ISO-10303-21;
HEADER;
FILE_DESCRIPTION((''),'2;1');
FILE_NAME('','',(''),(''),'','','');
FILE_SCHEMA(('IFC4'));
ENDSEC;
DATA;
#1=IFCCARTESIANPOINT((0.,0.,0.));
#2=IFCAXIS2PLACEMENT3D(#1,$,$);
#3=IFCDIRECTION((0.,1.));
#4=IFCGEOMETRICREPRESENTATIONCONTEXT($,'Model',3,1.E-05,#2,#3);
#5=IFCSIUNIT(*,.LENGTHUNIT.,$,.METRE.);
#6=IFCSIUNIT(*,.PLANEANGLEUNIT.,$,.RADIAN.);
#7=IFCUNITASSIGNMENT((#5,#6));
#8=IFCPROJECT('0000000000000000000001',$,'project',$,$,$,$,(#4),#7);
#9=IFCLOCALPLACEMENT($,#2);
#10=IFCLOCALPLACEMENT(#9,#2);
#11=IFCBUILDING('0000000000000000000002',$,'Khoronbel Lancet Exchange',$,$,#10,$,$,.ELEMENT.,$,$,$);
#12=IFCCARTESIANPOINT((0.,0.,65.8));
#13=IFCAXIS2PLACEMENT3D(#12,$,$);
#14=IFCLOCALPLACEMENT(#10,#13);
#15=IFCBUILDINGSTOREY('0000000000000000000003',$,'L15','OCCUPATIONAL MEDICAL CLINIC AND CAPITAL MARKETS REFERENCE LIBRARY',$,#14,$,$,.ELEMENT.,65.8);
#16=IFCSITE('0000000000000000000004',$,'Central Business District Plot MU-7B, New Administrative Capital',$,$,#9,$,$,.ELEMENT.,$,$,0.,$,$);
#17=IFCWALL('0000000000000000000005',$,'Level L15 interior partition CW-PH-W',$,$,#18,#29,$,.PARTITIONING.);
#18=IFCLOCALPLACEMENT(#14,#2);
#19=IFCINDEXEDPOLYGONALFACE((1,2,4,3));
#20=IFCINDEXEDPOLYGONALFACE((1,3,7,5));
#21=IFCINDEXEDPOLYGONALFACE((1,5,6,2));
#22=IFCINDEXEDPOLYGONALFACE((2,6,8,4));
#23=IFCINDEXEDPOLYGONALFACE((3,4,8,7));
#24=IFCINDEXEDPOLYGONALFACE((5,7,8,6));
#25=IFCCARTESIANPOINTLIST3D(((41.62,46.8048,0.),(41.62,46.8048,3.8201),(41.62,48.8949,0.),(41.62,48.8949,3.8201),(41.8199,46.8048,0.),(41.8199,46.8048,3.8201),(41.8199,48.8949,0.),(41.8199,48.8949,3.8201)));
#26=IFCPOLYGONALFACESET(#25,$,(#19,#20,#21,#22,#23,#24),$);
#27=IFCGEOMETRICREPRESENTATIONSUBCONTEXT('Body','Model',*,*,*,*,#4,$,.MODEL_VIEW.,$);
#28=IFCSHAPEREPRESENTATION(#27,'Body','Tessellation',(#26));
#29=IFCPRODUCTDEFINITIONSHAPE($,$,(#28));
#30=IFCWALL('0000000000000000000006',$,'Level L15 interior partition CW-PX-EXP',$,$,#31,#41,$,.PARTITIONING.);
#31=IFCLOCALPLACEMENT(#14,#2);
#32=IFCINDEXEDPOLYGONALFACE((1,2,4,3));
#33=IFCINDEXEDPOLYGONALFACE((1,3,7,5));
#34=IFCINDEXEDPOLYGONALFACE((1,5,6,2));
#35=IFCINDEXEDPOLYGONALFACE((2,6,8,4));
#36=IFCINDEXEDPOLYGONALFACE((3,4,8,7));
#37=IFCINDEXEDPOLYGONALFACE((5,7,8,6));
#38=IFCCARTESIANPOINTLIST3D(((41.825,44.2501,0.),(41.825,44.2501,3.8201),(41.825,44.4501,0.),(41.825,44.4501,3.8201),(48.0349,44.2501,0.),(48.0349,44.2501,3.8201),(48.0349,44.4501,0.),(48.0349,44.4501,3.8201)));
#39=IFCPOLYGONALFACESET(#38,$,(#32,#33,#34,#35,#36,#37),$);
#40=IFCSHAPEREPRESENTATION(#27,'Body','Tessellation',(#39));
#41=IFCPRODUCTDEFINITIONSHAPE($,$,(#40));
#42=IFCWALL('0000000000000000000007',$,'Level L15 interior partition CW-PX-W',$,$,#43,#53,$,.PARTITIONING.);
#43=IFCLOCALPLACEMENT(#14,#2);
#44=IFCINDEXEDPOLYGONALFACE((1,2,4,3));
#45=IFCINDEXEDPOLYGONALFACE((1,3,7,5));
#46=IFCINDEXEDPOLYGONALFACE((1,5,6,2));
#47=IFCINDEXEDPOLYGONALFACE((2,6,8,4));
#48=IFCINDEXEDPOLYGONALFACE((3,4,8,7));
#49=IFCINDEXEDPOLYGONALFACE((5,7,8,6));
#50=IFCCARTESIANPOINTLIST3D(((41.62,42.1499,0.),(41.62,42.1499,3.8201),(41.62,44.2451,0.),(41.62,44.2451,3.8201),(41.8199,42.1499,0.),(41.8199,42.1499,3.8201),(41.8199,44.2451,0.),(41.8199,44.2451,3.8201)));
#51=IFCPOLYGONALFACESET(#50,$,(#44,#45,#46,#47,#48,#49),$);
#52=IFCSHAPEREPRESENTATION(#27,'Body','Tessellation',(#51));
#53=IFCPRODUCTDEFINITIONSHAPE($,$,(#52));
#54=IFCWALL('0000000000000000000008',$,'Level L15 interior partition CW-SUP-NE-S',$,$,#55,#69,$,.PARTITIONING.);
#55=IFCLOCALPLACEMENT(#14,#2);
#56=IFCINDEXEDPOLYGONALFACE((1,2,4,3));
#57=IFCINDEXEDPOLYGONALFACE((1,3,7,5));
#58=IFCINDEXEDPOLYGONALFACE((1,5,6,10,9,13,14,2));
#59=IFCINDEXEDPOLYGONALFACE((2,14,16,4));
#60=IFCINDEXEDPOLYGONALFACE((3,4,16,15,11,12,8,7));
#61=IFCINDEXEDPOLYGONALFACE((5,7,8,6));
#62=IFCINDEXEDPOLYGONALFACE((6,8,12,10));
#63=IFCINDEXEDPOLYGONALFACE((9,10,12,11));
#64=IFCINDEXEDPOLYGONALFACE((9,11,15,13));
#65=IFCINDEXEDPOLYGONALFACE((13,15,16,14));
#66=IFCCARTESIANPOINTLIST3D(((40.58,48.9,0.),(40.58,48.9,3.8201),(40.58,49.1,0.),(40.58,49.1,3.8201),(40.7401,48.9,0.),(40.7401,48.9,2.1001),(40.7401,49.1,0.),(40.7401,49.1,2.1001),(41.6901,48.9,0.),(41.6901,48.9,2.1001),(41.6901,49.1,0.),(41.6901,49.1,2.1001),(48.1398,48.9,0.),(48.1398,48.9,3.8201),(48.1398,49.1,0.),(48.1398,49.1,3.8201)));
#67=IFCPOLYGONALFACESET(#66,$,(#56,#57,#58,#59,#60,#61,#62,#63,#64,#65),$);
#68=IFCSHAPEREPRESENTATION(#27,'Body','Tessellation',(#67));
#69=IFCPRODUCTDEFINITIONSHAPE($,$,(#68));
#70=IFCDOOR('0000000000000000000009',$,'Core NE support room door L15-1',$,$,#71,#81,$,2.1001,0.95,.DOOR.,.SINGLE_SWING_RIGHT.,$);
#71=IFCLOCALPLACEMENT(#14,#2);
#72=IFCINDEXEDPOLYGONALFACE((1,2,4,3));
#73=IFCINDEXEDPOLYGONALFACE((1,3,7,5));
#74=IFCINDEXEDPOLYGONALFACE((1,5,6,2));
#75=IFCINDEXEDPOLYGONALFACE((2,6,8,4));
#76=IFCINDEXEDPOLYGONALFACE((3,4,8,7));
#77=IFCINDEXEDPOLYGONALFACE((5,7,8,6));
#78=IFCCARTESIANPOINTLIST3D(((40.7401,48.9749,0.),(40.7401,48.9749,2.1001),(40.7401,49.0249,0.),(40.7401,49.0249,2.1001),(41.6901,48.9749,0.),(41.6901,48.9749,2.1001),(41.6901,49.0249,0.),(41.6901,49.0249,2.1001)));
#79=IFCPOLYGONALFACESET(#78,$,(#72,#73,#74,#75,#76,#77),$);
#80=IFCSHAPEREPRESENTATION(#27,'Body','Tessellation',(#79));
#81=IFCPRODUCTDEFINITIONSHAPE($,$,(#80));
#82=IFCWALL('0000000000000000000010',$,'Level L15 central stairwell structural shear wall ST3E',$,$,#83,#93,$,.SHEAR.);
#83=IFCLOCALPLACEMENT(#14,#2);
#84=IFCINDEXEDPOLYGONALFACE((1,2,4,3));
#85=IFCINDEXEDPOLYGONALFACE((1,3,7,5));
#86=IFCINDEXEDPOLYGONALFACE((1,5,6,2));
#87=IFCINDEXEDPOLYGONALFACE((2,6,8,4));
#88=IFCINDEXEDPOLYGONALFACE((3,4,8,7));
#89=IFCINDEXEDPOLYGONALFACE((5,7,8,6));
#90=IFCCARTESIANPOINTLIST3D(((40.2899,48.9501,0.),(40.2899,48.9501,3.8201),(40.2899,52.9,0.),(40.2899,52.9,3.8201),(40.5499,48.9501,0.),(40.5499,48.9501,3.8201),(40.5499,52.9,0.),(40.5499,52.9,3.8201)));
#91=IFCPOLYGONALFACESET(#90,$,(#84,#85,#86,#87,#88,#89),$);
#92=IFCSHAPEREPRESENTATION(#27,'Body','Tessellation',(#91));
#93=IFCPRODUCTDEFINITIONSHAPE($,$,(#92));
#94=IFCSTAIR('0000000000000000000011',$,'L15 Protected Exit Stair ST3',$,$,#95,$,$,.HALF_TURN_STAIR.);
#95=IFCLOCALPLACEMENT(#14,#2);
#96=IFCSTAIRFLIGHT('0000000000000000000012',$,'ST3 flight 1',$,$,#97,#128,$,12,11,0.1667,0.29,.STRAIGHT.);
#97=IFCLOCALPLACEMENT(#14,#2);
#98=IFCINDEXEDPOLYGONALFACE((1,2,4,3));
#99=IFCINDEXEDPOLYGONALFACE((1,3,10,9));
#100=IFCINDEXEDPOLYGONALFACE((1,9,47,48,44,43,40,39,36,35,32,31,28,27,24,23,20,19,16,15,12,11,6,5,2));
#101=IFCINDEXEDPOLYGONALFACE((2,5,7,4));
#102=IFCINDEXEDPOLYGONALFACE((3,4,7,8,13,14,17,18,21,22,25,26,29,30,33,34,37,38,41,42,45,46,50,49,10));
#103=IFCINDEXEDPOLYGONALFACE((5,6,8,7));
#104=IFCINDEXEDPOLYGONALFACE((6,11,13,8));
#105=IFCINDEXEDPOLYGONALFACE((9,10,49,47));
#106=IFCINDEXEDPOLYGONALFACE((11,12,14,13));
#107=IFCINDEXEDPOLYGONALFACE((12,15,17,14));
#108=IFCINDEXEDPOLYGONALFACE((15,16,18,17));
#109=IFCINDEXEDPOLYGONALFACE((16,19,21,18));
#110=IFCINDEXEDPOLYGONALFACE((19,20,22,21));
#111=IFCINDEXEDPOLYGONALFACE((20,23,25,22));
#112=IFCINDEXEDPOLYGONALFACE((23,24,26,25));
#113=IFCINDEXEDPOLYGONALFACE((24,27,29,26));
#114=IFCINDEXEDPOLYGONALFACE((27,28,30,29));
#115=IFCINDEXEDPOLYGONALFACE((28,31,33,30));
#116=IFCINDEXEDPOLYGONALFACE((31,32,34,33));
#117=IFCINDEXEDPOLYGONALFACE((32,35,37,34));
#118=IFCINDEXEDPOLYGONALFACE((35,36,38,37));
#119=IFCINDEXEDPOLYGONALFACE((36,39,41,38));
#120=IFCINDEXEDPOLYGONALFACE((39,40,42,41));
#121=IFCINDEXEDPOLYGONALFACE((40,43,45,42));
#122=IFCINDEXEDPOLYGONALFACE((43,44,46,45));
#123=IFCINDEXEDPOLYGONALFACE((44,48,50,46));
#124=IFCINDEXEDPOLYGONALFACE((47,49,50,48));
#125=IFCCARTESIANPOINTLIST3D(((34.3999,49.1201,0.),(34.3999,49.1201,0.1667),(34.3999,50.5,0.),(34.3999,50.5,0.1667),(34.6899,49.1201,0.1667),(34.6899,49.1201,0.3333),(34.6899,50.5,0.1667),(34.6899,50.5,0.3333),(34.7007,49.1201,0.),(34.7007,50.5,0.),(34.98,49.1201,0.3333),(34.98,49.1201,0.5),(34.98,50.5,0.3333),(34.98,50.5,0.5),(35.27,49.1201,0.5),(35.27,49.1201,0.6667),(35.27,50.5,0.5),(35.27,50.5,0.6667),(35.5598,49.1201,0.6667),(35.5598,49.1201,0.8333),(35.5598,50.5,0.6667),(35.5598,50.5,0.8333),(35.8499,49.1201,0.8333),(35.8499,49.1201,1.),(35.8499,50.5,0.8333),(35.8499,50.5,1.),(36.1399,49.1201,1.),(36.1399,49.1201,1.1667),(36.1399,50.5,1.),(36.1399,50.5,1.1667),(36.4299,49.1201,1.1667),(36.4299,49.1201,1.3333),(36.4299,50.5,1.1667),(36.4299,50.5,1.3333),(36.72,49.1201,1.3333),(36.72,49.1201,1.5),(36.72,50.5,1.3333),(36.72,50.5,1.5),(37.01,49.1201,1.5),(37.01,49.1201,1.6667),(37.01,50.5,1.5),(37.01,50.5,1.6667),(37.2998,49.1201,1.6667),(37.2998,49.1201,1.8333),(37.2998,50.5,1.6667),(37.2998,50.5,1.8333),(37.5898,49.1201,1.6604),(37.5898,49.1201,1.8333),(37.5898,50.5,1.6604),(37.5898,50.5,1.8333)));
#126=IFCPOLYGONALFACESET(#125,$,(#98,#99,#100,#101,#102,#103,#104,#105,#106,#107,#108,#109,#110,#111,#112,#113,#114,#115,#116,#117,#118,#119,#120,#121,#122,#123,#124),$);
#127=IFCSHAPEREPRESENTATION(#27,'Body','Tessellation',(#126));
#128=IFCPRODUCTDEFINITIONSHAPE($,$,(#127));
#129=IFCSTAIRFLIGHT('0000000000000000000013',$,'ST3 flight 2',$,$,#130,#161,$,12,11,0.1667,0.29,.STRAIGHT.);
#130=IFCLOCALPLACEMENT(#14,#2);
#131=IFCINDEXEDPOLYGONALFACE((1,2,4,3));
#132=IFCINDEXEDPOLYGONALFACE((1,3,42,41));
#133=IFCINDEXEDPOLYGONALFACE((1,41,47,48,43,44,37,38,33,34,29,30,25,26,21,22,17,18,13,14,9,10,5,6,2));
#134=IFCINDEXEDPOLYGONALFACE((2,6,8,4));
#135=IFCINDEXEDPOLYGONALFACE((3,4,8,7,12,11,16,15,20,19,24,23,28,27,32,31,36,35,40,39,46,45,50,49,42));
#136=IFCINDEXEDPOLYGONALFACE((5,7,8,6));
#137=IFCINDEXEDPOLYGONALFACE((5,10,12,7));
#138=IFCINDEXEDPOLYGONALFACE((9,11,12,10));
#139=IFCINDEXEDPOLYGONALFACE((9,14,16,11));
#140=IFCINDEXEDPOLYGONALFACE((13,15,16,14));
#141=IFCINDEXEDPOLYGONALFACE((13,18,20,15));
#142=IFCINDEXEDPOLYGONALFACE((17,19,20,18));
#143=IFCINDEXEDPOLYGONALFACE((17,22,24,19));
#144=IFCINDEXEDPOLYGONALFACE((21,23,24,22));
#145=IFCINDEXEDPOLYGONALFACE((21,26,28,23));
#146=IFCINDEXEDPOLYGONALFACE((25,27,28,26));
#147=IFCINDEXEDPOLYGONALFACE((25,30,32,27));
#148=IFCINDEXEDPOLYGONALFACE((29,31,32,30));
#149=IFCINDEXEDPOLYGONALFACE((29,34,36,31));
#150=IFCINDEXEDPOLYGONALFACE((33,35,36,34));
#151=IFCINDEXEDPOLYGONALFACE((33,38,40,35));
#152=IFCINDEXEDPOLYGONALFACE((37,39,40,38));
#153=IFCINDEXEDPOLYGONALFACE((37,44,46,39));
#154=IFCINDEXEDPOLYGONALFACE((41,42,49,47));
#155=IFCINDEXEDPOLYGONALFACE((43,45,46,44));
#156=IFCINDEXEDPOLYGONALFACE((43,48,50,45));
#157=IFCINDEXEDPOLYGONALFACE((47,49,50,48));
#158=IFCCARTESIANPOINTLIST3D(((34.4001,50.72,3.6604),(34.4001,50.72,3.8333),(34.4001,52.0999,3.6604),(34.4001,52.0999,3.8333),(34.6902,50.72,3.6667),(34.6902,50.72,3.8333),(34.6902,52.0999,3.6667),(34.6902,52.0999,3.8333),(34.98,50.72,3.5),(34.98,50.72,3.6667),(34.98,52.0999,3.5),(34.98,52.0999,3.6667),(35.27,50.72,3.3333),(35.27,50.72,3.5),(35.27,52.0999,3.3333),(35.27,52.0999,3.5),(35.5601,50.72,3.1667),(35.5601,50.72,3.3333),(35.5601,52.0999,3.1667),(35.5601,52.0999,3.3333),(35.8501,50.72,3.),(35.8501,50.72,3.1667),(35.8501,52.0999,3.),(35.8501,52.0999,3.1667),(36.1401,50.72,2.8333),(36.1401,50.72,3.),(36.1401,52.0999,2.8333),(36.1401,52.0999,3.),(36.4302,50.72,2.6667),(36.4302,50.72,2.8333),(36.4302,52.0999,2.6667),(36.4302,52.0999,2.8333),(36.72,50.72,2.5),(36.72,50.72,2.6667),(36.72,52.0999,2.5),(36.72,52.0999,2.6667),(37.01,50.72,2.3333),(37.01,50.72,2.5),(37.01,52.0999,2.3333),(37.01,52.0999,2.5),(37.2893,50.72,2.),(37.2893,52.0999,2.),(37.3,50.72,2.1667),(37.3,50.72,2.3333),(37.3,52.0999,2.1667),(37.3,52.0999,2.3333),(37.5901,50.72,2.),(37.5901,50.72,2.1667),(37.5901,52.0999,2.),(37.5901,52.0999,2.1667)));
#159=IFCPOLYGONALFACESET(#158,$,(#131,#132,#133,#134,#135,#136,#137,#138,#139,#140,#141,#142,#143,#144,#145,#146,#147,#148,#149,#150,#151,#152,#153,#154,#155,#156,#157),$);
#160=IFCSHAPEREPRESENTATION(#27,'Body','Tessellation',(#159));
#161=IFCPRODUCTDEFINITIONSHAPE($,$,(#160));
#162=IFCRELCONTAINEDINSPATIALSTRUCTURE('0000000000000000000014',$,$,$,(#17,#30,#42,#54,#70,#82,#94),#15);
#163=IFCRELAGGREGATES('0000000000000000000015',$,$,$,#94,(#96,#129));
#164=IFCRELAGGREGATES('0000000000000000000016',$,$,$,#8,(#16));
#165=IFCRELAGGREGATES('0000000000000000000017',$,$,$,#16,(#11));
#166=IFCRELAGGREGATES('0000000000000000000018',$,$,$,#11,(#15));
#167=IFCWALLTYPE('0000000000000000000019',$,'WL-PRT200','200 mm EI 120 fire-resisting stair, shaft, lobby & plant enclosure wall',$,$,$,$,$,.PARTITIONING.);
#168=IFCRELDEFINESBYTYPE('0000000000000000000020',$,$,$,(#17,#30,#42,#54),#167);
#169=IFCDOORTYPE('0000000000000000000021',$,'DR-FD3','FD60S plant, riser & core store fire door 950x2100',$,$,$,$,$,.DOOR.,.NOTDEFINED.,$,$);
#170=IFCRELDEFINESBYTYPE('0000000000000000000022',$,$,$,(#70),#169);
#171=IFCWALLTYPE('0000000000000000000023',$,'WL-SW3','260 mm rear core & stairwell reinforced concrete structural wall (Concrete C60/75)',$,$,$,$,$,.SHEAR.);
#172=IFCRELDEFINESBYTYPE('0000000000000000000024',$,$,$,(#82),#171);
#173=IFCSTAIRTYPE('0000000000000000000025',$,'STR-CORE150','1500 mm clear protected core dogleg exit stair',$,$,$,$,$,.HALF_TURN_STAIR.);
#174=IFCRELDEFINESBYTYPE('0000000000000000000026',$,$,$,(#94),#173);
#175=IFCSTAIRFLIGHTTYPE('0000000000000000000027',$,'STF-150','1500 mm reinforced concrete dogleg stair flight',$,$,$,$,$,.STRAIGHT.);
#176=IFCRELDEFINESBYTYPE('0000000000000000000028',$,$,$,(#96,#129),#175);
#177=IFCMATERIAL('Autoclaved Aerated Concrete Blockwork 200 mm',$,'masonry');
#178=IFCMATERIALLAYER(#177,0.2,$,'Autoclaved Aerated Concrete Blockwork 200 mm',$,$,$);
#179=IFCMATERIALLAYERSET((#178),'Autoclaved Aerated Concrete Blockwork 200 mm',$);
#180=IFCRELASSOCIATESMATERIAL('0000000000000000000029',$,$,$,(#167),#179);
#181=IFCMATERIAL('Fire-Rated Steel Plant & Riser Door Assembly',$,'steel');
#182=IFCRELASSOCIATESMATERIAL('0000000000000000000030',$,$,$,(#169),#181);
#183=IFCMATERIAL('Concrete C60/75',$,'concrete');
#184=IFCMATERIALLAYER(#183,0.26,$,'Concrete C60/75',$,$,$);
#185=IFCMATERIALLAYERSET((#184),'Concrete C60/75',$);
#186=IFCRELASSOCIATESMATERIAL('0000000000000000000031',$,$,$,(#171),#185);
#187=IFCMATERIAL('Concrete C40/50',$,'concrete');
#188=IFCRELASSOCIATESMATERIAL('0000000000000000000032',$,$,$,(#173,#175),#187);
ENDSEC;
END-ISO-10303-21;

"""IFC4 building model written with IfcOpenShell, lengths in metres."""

from ifc_helpers import new_model, si_unit, direction, frame, frame_2d, origin, place, context, subcontext, project, spatial, polyline, rectangle, outline, extrude, material, layer, layer_set, type_object, element, fill, aggregate, save


model = new_model("IFC4")

# Units and contexts
model_context = context("Model", 3, precision=1e-05, world=origin(), true_north=direction((0.0, 1.0)))
body_context = subcontext(model_context, "Body", "Model", "MODEL_VIEW")
ifc_project = project(units=[si_unit("LENGTHUNIT", "METRE"), si_unit("PLANEANGLEUNIT", "RADIAN")], contexts=[model_context])

# Site, building, storey
site_placement = place(None, origin())
site = spatial("IfcSite", under=ifc_project, at=site_placement, Name="Central Business District Plot MU-7B, New Administrative Capital", CompositionType="ELEMENT", RefElevation=0.0)
building_placement = place(site_placement, origin())
building = spatial("IfcBuilding", under=site, at=building_placement, Name="Khoronbel Lancet Exchange", CompositionType="ELEMENT")
storey_placement = place(building_placement, frame((0.0, 0.0, 65.8)))
storey = spatial("IfcBuildingStorey", under=building, at=storey_placement, Name="L15", Description="OCCUPATIONAL MEDICAL CLINIC AND CAPITAL MARKETS REFERENCE LIBRARY", CompositionType="ELEMENT", Elevation=65.8)

# Walls
ifc_material_1 = material(Name="Autoclaved Aerated Concrete Blockwork 200 mm", Category="masonry")
ifc_layer_1 = layer(ifc_material_1, 0.2, Name="Autoclaved Aerated Concrete Blockwork 200 mm")
ifc_layer_set_1 = layer_set([ifc_layer_1], Name="Autoclaved Aerated Concrete Blockwork 200 mm")
wall_type_1 = type_object("IfcWallType", Name="WL-PRT200", Description="200 mm EI 120 fire-resisting stair, shaft, lobby & plant enclosure wall", PredefinedType="PARTITIONING", material=ifc_layer_set_1)
wall_1_placement = place(storey_placement, frame((41.72, 46.8049, 0.0), z_axis=(0.0, 0.0, 1.0), x_axis=(0.0, 1.0, 0.0)))
element("IfcWall", 1, at=wall_1_placement, inside=storey, type_object=wall_type_1, Name="Level L15 interior partition CW-PH-W", PredefinedType="PARTITIONING", context=body_context, shape_type="SweptSolid", body=[
    extrude(rectangle(XDim=2.0901, YDim=0.2, at=frame_2d((1.0449, 0.0))), origin(), (0.0, 0.0, 1.0), 3.8201),
])
wall_2_placement = place(storey_placement, frame((41.825, 44.3501, 0.0), z_axis=(0.0, 0.0, 1.0), x_axis=(1.0, 0.0, 0.0)))
element("IfcWall", 2, at=wall_2_placement, inside=storey, type_object=wall_type_1, Name="Level L15 interior partition CW-PX-EXP", PredefinedType="PARTITIONING", context=body_context, shape_type="SweptSolid", body=[
    extrude(rectangle(XDim=6.21, YDim=0.2, at=frame_2d((3.105, 0.0))), origin(), (0.0, 0.0, 1.0), 3.8201),
])
wall_3_placement = place(storey_placement, frame((41.72, 42.1499, 0.0), z_axis=(0.0, 0.0, 1.0), x_axis=(0.0, 1.0, 0.0)))
element("IfcWall", 3, at=wall_3_placement, inside=storey, type_object=wall_type_1, Name="Level L15 interior partition CW-PX-W", PredefinedType="PARTITIONING", context=body_context, shape_type="SweptSolid", body=[
    extrude(rectangle(XDim=2.0952, YDim=0.2, at=frame_2d((1.0476, 0.0))), origin(), (0.0, 0.0, 1.0), 3.8201),
])

# Wall, opening, door
wall_4_placement = place(storey_placement, frame((40.5801, 49.0, 0.0), z_axis=(0.0, 0.0, 1.0), x_axis=(1.0, 0.0, 0.0)))
wall_4 = element("IfcWall", 4, at=wall_4_placement, inside=storey, type_object=wall_type_1, Name="Level L15 interior partition CW-SUP-NE-S", PredefinedType="PARTITIONING", context=body_context, shape_type="SweptSolid", body=[
    extrude(rectangle(XDim=7.5598, YDim=0.2, at=frame_2d((3.7798, 0.0))), origin(), (0.0, 0.0, 1.0), 3.8201),
])
opening_1_placement = place(wall_4_placement, frame((0.1599, 0.0, 0.0)))
opening_1 = element("IfcOpeningElement", 5, at=opening_1_placement, cuts=wall_4, PredefinedType="OPENING", context=body_context, shape_type="SweptSolid", body=[
    extrude(rectangle(XDim=0.95, YDim=2.1001, at=frame_2d((0.4751, 1.05))), frame((0.0, 0.1099, 0.0), z_axis=(0.0, -1.0, 0.0), x_axis=(1.0, 0.0, 0.0)), (0.0, 0.0, 1.0), 0.22),
])
ifc_material_2 = material(Name="Fire-Rated Steel Plant & Riser Door Assembly", Category="steel")
door_type_1 = type_object("IfcDoorType", Name="DR-FD3", Description="FD60S plant, riser & core store fire door 950x2100", OperationType="NOTDEFINED", PredefinedType="DOOR", material=ifc_material_2)
door_1_placement = place(opening_1_placement, origin())
door_1 = element("IfcDoor", 6, at=door_1_placement, inside=storey, type_object=door_type_1, Name="Core NE support room door L15-1", OperationType="SINGLE_SWING_RIGHT", OverallHeight=2.1001, OverallWidth=0.95, PredefinedType="DOOR", context=body_context, shape_type="SweptSolid", body=[
    extrude(rectangle(XDim=0.95, YDim=2.1001, at=frame_2d((0.4751, 1.05))), frame((0.0, 0.0249, 0.0), z_axis=(0.0, -1.0, 0.0), x_axis=(1.0, 0.0, 0.0)), (0.0, 0.0, 1.0), 0.05),
])
fill(opening_1, door_1)

# Wall
ifc_material_3 = material(Name="Concrete C60/75", Category="concrete")
ifc_layer_2 = layer(ifc_material_3, 0.26, Name="Concrete C60/75")
ifc_layer_set_2 = layer_set([ifc_layer_2], Name="Concrete C60/75")
wall_type_2 = type_object("IfcWallType", Name="WL-SW3", Description="260 mm rear core & stairwell reinforced concrete structural wall (Concrete C60/75)", PredefinedType="SHEAR", material=ifc_layer_set_2)
wall_5_placement = place(storey_placement, frame((40.4199, 48.95, 0.0), z_axis=(0.0, 0.0, 1.0), x_axis=(0.0, 1.0, 0.0)))
element("IfcWall", 7, at=wall_5_placement, inside=storey, type_object=wall_type_2, Name="Level L15 central stairwell structural shear wall ST3E", PredefinedType="SHEAR", context=body_context, shape_type="SweptSolid", body=[
    extrude(rectangle(XDim=3.95, YDim=0.26, at=frame_2d((1.9751, 0.0))), origin(), (0.0, 0.0, 1.0), 3.8201),
])

# Stair, stair flights
ifc_material_4 = material(Name="Concrete C40/50", Category="concrete")
stair_type = type_object("IfcStairType", Name="STR-CORE150", Description="1500 mm clear protected core dogleg exit stair", PredefinedType="HALF_TURN_STAIR", material=ifc_material_4)
stair_placement = place(storey_placement, origin())
stair = element("IfcStair", 8, at=stair_placement, inside=storey, type_object=stair_type, Name="L15 Protected Exit Stair ST3", PredefinedType="HALF_TURN_STAIR")
stair_flight_type = type_object("IfcStairFlightType", Name="STF-150", Description="1500 mm reinforced concrete dogleg stair flight", PredefinedType="STRAIGHT", material=ifc_material_4)
stair_flight_1_placement = place(storey_placement, frame((34.3999, 49.8101, 0.0), z_axis=(0.0, 0.0, 1.0), x_axis=(1.0, 0.0, 0.0)))
stair_flight_1 = element("IfcStairFlight", 9, at=stair_flight_1_placement, type_object=stair_flight_type, Name="ST3 flight 1", NumberOfRisers=12, NumberOfTreads=11, PredefinedType="STRAIGHT", RiserHeight=0.1667, TreadLength=0.29, context=body_context, shape_type="SweptSolid", body=[
    extrude(outline(polyline([(0.0, 0.0), (0.0, 0.1667), (0.29, 0.1667), (0.29, 0.3333), (0.5801, 0.3333), (0.5801, 0.5), (0.8701, 0.5), (0.8701, 0.6667), (1.1599, 0.6667), (1.1599, 0.8333), (1.45, 0.8333), (1.45, 1.0), (1.74, 1.0), (1.74, 1.1667), (2.03, 1.1667), (2.03, 1.3333), (2.3201, 1.3333), (2.3201, 1.5), (2.6101, 1.5), (2.6101, 1.6667), (2.8999, 1.6667), (2.8999, 1.8333), (3.1899, 1.8333), (3.1899, 2.0), (3.1899, 1.6604), (0.3008, 0.0), (0.0, 0.0)])), frame((0.0, 0.6899, 0.0), z_axis=(0.0, -1.0, 0.0), x_axis=(1.0, 0.0, 0.0)), (0.0, 0.0, 1.0), 1.3799),
])
stair_flight_2_placement = place(storey_placement, frame((37.5901, 51.4099, 2.0), z_axis=(0.0, 0.0, 1.0), x_axis=(-1.0, 0.0, 0.0)))
stair_flight_2 = element("IfcStairFlight", 10, at=stair_flight_2_placement, type_object=stair_flight_type, Name="ST3 flight 2", NumberOfRisers=12, NumberOfTreads=11, PredefinedType="STRAIGHT", RiserHeight=0.1667, TreadLength=0.29, context=body_context, shape_type="SweptSolid", body=[
    extrude(outline(polyline([(0.0, 0.0), (0.0, 0.1667), (0.29, 0.1667), (0.29, 0.3333), (0.5801, 0.3333), (0.5801, 0.5), (0.8701, 0.5), (0.8701, 0.6667), (1.1599, 0.6667), (1.1599, 0.8333), (1.45, 0.8333), (1.45, 1.0), (1.74, 1.0), (1.74, 1.1667), (2.03, 1.1667), (2.03, 1.3333), (2.3201, 1.3333), (2.3201, 1.5), (2.6101, 1.5), (2.6101, 1.6667), (2.8999, 1.6667), (2.8999, 1.8333), (3.1899, 1.8333), (3.1899, 2.0), (3.1899, 1.6604), (0.3008, 0.0), (0.0, 0.0)])), frame((0.0, 0.6899, 0.0), z_axis=(0.0, -1.0, 0.0), x_axis=(1.0, 0.0, 0.0)), (0.0, 0.0, 1.0), 1.3799),
])
aggregate(stair, [stair_flight_1, stair_flight_2])

save(model, "model.ifc")
